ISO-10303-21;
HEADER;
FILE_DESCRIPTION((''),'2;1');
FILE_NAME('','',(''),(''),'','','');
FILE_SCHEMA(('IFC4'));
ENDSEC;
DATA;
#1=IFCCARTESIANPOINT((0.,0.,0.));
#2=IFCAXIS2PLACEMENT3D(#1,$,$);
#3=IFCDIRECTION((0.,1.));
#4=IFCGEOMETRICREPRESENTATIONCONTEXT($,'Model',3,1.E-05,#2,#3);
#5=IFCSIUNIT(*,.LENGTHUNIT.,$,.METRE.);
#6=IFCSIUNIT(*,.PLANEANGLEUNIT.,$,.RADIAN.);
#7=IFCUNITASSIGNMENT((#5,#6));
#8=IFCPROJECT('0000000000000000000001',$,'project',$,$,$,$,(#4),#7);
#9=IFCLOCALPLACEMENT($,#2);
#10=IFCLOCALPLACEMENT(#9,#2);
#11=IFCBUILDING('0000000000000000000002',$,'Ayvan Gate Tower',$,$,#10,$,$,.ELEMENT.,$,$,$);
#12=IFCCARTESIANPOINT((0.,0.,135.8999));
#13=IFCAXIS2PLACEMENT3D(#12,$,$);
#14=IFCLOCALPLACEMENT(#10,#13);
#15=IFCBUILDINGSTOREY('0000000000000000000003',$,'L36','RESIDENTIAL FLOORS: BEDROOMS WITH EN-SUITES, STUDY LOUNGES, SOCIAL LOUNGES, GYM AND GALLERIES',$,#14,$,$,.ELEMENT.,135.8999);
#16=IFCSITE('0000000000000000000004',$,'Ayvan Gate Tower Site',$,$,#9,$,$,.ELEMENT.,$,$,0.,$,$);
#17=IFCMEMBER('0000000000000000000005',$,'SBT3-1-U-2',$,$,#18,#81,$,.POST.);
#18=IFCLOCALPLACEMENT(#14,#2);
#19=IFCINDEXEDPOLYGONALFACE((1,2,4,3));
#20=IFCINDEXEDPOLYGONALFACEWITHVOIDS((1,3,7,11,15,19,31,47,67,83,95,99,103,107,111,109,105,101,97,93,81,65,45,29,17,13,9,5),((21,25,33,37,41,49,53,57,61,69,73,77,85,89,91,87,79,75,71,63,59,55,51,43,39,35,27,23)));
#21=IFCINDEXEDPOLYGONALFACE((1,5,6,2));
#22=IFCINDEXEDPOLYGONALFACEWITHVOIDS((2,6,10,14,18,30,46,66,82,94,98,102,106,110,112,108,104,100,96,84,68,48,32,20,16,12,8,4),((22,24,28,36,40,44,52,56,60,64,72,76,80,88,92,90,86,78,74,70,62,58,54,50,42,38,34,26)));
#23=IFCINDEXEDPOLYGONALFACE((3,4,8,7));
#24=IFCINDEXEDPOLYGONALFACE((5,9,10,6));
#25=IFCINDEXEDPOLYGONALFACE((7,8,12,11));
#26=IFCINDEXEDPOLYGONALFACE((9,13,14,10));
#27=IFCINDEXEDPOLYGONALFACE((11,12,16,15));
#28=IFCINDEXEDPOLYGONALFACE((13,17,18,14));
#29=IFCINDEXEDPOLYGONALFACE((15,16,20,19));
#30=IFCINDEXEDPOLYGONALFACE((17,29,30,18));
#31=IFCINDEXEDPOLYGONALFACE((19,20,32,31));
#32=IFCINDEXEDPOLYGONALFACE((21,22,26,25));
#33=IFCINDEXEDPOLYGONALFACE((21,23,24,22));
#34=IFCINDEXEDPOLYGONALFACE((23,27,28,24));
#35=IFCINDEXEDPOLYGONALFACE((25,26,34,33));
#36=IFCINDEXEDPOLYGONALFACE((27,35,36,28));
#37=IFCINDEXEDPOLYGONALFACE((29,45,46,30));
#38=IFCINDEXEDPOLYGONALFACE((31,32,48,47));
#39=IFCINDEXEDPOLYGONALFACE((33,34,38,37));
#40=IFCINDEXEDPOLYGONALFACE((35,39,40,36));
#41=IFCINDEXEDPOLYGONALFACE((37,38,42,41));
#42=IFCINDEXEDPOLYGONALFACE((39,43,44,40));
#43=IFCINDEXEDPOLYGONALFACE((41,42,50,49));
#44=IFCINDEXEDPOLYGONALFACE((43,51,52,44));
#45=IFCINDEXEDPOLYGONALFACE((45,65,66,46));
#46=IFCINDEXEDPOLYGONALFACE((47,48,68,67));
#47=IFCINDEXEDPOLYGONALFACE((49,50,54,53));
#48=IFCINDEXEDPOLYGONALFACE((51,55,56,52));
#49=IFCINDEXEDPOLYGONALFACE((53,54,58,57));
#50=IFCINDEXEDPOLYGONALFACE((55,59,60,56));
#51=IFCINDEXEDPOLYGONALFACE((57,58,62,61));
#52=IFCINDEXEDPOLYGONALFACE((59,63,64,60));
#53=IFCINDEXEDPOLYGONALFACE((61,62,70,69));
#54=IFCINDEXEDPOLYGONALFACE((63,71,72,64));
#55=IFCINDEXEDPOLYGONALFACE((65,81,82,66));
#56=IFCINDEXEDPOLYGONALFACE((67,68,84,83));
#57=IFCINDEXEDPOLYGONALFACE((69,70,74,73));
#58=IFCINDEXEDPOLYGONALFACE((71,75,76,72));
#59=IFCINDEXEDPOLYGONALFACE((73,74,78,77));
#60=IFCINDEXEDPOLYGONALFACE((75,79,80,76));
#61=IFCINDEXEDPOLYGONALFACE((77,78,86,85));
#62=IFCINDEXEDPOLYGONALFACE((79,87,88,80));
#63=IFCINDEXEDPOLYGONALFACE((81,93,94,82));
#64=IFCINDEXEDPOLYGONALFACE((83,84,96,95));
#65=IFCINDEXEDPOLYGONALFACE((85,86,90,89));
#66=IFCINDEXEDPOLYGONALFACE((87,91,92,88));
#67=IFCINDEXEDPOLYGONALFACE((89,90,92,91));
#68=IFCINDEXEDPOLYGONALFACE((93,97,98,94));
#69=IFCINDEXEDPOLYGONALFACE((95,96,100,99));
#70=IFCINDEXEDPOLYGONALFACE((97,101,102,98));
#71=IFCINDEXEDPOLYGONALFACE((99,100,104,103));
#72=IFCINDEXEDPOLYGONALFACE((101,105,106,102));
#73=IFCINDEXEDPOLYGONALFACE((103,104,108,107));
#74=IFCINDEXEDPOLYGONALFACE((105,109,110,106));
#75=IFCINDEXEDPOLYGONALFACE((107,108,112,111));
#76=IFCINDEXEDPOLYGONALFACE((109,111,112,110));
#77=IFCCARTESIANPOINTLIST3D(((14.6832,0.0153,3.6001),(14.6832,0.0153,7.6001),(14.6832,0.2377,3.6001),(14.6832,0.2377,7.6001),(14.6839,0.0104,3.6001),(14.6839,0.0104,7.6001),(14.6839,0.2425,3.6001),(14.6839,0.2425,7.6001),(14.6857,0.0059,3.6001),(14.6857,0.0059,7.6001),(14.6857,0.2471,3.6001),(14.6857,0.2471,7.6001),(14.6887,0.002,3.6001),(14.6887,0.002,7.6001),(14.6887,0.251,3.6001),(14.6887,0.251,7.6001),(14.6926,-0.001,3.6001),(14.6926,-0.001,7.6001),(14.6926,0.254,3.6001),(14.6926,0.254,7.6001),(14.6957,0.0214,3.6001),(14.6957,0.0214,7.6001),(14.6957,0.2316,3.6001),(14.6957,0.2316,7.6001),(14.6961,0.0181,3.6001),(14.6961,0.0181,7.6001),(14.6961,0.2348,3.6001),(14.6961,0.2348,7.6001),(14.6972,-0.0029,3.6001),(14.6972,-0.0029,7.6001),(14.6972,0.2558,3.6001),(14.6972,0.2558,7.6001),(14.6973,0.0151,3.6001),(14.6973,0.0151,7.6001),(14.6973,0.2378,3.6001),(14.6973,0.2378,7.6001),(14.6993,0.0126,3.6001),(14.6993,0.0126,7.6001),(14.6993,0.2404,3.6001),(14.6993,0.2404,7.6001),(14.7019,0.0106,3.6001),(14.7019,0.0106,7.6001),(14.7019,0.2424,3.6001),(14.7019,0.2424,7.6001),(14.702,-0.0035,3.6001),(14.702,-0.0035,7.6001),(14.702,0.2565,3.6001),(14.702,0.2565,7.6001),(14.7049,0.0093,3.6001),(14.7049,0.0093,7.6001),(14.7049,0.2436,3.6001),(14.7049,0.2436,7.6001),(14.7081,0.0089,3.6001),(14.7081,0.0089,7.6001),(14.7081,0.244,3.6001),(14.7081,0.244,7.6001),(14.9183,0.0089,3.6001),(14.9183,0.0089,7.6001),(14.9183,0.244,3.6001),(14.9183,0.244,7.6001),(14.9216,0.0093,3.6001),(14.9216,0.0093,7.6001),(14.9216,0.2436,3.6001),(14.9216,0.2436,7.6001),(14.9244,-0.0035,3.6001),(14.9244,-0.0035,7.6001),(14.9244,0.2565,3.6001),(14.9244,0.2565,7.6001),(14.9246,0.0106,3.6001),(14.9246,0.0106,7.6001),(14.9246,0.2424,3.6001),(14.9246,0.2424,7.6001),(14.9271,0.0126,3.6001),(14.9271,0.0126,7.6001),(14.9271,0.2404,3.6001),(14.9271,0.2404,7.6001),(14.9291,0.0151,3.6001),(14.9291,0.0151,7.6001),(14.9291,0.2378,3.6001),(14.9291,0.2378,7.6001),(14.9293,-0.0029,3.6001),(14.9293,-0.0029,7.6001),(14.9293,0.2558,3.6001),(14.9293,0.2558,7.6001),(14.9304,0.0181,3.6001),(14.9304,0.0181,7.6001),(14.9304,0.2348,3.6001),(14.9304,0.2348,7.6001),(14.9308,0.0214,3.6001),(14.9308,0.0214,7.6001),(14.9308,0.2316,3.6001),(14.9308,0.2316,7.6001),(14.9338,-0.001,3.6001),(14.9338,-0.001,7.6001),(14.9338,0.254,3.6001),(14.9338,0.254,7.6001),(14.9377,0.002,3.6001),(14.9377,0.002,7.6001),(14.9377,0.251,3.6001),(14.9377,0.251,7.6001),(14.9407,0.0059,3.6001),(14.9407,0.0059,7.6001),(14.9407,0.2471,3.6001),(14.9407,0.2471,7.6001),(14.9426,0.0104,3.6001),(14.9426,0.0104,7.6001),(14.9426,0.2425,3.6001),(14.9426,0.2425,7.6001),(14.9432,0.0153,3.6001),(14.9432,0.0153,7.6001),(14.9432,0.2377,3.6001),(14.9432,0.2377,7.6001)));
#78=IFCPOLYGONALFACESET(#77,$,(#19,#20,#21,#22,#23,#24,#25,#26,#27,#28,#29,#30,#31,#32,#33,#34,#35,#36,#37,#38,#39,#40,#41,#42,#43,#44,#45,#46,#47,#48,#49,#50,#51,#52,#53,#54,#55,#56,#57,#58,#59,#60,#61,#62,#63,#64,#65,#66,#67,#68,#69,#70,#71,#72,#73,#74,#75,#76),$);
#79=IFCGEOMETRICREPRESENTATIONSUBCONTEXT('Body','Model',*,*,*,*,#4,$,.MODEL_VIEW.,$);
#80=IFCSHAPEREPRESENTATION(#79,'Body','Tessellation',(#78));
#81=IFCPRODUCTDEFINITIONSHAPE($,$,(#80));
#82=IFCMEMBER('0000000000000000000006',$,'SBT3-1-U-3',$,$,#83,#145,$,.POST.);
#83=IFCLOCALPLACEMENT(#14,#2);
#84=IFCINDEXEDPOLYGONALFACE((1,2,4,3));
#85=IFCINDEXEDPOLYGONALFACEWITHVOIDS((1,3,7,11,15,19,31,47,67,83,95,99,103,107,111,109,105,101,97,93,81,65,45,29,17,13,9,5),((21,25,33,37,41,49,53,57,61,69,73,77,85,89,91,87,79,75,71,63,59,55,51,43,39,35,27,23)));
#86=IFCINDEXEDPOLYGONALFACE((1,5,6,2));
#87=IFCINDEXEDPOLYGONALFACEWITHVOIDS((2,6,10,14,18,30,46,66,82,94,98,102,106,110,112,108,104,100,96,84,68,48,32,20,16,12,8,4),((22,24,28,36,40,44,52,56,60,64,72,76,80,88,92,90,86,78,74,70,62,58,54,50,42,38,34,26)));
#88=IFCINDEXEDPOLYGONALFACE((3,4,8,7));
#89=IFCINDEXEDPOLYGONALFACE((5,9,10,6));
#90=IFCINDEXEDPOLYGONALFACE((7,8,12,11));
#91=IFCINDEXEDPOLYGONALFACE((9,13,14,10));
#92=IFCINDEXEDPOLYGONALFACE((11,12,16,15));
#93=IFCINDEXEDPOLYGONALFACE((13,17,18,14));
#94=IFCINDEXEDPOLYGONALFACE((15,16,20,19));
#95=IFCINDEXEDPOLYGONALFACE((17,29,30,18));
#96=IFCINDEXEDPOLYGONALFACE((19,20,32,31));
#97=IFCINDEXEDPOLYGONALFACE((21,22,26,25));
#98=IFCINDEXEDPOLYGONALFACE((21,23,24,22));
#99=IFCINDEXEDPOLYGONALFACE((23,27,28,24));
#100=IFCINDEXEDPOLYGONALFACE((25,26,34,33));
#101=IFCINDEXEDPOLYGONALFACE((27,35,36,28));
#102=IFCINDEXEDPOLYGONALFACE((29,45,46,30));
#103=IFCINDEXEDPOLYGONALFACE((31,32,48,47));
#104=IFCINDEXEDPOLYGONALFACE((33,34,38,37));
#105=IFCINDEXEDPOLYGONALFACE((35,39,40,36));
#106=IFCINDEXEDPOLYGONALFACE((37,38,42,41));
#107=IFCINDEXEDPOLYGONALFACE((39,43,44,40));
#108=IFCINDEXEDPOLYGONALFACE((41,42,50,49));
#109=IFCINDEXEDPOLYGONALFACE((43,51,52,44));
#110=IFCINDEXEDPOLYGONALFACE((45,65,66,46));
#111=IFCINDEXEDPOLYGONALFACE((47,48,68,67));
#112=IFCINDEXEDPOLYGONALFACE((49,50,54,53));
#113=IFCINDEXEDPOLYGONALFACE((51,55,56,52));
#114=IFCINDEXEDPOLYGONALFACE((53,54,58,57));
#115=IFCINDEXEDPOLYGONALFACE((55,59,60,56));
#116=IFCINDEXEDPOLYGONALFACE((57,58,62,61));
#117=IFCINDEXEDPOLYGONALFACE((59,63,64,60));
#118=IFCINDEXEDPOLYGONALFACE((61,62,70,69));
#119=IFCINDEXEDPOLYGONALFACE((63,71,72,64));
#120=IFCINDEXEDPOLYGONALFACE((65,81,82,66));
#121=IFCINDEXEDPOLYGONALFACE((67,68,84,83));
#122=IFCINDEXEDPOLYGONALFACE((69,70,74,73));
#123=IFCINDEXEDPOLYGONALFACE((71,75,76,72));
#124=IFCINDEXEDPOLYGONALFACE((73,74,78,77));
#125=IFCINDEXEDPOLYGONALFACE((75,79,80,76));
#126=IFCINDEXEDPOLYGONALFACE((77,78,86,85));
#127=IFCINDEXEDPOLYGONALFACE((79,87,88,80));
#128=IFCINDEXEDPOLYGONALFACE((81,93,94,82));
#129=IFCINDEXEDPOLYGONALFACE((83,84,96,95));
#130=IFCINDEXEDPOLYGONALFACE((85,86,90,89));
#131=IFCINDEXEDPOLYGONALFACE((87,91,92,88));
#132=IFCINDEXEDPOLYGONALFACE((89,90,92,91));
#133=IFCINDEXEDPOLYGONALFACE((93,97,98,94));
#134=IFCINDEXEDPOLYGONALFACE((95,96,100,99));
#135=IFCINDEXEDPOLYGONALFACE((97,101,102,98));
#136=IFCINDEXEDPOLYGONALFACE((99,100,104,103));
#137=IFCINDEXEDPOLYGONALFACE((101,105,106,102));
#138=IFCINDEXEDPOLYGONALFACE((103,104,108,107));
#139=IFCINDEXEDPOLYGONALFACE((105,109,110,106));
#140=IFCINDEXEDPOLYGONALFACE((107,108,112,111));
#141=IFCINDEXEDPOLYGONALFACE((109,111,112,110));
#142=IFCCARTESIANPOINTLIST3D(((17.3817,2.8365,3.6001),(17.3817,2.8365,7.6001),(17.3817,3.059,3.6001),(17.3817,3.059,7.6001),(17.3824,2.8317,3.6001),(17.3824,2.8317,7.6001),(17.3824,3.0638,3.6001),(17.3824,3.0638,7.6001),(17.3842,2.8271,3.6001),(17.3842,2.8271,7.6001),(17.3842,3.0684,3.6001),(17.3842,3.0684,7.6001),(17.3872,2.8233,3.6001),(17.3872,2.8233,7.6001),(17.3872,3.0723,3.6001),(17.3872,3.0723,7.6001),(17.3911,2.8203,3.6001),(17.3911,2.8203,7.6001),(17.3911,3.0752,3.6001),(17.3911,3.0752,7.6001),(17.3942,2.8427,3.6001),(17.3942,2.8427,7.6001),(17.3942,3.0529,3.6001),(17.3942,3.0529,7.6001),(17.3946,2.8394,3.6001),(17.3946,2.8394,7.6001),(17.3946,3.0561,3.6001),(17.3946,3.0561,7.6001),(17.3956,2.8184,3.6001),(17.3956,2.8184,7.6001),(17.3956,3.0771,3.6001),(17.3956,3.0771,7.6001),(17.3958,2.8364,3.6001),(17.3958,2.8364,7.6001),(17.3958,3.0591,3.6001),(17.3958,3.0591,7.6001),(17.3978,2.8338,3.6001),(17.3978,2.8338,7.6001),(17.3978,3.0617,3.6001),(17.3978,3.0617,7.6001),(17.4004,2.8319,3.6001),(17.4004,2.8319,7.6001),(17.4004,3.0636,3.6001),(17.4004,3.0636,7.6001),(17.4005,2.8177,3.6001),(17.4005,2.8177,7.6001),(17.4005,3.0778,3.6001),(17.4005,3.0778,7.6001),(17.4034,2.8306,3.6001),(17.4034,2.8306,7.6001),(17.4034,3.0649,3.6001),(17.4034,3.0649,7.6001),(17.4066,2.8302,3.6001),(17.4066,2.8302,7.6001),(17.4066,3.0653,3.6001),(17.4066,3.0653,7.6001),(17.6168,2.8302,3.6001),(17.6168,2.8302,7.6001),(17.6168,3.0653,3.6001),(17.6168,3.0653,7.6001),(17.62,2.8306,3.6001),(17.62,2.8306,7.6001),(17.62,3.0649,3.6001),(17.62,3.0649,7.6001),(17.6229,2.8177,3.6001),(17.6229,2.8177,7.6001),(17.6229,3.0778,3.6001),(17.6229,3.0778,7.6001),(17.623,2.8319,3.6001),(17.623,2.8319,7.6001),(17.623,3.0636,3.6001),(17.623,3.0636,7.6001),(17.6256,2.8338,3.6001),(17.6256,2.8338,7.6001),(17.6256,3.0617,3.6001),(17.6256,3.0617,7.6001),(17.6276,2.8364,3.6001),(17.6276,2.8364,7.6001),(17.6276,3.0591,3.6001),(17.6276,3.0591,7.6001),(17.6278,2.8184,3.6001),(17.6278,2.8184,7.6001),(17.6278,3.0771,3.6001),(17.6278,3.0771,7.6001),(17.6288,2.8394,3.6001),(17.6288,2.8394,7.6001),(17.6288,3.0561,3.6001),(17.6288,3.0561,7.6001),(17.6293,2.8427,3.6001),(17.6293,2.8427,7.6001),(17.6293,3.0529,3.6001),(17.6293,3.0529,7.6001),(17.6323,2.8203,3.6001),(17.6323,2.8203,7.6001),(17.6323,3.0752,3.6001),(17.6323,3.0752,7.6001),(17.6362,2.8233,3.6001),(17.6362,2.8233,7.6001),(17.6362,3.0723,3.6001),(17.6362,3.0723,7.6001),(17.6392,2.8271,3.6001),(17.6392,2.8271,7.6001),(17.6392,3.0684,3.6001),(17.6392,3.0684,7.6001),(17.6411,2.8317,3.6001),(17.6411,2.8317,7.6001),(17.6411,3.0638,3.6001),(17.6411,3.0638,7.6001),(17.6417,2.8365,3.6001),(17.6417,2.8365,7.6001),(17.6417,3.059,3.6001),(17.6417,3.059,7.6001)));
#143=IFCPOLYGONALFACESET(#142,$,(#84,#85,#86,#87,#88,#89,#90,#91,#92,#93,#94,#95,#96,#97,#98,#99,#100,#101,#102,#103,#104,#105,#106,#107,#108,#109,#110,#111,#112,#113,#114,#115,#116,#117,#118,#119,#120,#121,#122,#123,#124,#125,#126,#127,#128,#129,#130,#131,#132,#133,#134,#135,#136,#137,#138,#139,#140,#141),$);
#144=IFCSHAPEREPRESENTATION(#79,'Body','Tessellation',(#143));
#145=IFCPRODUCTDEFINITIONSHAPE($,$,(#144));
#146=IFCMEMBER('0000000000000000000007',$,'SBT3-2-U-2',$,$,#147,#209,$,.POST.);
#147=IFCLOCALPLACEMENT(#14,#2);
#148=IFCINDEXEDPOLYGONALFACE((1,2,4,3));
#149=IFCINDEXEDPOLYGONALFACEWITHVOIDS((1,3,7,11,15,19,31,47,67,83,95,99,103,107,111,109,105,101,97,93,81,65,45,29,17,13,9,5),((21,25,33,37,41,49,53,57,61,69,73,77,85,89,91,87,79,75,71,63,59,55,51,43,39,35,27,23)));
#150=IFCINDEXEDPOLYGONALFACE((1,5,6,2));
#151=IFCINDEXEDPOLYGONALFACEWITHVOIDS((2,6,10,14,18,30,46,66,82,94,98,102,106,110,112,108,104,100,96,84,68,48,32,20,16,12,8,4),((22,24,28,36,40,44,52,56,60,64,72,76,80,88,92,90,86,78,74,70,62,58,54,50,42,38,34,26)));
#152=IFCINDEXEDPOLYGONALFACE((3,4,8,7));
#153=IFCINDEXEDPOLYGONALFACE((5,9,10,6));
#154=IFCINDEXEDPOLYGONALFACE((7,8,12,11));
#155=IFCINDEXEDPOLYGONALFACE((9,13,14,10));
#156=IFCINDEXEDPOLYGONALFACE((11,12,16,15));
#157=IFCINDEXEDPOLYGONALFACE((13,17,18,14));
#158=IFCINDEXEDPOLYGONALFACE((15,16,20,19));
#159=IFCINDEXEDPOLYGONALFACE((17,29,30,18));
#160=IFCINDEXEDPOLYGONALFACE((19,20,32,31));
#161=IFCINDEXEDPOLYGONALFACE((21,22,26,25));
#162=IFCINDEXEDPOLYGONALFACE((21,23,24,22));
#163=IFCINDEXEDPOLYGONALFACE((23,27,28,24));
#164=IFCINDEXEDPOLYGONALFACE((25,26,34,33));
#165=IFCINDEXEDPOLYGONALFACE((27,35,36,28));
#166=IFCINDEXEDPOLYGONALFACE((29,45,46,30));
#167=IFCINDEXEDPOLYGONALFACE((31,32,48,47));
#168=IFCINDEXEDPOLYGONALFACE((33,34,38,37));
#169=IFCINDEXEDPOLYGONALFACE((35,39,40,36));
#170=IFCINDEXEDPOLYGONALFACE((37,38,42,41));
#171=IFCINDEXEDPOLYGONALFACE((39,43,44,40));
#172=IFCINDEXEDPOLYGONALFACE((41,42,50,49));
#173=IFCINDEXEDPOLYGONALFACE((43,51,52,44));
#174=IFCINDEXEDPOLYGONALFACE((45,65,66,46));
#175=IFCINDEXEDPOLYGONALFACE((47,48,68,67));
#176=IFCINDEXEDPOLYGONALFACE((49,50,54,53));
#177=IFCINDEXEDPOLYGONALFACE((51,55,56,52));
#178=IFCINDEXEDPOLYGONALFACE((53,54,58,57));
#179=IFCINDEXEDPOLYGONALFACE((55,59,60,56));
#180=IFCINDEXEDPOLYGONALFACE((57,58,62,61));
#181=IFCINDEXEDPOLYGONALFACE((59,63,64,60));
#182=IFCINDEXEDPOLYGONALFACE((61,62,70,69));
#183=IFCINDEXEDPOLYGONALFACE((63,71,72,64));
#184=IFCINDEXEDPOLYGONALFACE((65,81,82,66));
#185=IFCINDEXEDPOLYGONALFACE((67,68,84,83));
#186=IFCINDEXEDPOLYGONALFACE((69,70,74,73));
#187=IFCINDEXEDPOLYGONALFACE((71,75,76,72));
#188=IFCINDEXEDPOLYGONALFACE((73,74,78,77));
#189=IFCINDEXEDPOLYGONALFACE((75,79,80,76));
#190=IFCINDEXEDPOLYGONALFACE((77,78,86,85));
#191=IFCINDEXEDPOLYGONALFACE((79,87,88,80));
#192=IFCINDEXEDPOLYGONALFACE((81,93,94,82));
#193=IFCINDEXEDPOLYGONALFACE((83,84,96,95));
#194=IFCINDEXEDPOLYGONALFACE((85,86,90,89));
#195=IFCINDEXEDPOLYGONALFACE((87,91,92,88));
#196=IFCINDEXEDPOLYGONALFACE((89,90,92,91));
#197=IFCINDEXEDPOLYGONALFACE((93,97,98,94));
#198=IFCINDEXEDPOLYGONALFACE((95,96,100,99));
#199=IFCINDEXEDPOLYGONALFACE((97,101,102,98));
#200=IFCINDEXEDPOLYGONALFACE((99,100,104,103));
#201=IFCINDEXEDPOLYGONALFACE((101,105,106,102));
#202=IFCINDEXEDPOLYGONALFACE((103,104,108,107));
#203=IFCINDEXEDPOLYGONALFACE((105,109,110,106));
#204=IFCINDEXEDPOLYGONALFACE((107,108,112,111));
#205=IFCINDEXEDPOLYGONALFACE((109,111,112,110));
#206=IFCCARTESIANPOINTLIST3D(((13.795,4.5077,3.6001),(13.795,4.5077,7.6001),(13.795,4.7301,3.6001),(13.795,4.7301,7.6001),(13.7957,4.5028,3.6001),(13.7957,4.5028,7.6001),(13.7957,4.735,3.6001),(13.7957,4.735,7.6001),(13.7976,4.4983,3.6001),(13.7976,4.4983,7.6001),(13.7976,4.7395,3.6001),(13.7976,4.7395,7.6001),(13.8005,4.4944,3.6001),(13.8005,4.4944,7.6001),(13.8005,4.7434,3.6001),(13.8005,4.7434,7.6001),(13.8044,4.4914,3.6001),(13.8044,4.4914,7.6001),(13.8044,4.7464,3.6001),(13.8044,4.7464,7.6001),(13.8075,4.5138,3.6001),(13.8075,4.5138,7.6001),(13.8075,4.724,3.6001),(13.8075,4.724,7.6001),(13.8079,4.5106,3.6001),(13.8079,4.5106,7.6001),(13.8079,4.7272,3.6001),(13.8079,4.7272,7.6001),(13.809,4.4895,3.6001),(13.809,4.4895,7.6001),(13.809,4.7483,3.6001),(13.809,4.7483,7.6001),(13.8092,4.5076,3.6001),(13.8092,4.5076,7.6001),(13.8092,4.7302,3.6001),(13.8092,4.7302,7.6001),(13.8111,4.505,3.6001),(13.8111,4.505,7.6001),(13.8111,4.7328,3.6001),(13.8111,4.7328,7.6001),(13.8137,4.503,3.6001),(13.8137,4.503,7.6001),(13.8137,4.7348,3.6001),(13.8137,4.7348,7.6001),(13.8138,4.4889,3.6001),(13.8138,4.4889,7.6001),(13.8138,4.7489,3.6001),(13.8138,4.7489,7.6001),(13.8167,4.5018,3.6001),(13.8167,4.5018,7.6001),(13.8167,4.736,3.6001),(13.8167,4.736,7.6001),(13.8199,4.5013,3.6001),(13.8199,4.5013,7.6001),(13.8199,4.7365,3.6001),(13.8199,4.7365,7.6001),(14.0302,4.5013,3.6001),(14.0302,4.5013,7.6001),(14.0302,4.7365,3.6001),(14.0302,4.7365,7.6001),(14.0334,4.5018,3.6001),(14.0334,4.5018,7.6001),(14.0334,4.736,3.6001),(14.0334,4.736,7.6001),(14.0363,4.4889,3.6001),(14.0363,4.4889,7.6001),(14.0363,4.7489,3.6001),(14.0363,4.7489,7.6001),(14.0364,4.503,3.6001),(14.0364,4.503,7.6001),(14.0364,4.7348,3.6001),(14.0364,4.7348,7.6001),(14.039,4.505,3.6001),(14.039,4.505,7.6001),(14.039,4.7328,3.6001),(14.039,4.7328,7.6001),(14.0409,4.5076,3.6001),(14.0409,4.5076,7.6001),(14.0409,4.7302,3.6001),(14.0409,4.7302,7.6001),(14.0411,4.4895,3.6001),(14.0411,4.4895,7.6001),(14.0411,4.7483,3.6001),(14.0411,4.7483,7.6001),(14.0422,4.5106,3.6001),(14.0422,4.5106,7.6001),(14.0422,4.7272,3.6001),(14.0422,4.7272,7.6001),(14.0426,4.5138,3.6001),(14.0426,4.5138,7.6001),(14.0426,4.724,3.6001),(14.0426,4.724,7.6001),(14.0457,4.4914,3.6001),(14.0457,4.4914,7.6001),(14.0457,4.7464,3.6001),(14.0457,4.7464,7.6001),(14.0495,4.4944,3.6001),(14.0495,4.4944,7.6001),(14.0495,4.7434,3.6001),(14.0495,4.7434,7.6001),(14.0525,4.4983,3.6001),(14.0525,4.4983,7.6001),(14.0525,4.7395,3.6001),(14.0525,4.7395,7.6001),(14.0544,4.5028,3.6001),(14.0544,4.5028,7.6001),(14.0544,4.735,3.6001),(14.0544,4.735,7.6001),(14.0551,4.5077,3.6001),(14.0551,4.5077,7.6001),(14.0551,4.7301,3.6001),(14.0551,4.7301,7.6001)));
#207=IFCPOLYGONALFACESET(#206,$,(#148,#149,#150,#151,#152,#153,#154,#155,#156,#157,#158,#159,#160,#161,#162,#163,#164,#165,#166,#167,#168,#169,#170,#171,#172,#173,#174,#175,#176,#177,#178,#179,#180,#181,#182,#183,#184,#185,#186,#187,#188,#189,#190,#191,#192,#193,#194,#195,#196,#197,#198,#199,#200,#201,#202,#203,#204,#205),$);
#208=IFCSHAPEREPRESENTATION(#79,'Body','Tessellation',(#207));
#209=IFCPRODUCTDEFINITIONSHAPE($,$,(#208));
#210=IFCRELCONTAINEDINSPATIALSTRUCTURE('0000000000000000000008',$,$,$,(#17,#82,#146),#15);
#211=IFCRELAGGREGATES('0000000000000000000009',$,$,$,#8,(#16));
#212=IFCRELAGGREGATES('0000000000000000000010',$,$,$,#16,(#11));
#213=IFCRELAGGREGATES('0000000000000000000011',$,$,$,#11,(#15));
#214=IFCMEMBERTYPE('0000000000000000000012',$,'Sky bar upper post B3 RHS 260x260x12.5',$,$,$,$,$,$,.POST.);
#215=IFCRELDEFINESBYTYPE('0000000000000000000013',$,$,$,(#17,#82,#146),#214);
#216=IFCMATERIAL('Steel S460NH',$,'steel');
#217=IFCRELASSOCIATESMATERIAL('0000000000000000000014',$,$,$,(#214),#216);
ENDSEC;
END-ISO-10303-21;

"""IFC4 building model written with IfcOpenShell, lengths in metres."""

from ifc_helpers import new_model, si_unit, direction, frame, origin, origin_2d, place, context, subcontext, project, spatial, hollow_rectangle, extrude, material, material_profile, profile_set, type_object, element, save


model = new_model("IFC4")

# Units and contexts
model_context = context("Model", 3, precision=1e-05, world=origin(), true_north=direction((0.0, 1.0)))
body_context = subcontext(model_context, "Body", "Model", "MODEL_VIEW")
ifc_project = project(units=[si_unit("LENGTHUNIT", "METRE"), si_unit("PLANEANGLEUNIT", "RADIAN")], contexts=[model_context])

# Site, building, storey
site_placement = place(None, origin())
site = spatial("IfcSite", under=ifc_project, at=site_placement, Name="Ayvan Gate Tower Site", CompositionType="ELEMENT", RefElevation=0.0)
building_placement = place(site_placement, origin())
building = spatial("IfcBuilding", under=site, at=building_placement, Name="Ayvan Gate Tower", CompositionType="ELEMENT")
storey_placement = place(building_placement, frame((0.0, 0.0, 135.8999)))
storey = spatial("IfcBuildingStorey", under=building, at=storey_placement, Name="L36", Description="RESIDENTIAL FLOORS: BEDROOMS WITH EN-SUITES, STUDY LOUNGES, SOCIAL LOUNGES, GYM AND GALLERIES", CompositionType="ELEMENT", Elevation=135.8999)

# Members
ifc_material_1 = material(Name="Steel S460NH", Category="steel")
ifc_material_profile_1 = material_profile(ifc_material_1, hollow_rectangle(XDim=0.26, YDim=0.26, WallThickness=0.0125, InnerFilletRadius=0.0125, OuterFilletRadius=0.0188, at=origin_2d()), Name="RHS 260x260x12.5")
ifc_profile_set_1 = profile_set([ifc_material_profile_1], Name="Steel S460NH")
member_type_1 = type_object("IfcMemberType", Name="Sky bar upper post B3 RHS 260x260x12.5", PredefinedType="POST", material=ifc_profile_set_1)
for number, where, z_axis, x_axis, name in (
    (1, (14.8132, 0.1265, 3.6001), (0.0, 0.0, 1.0), (1.0, 0.0, 0.0), "SBT3-1-U-2"),
    (2, (17.5117, 2.9478, 3.6001), (0.0, 0.0, 1.0), (1.0, 0.0, 0.0), "SBT3-1-U-3"),
    (3, (13.925, 4.6189, 3.6001), (0.0, 0.0, 1.0), (1.0, 0.0, 0.0), "SBT3-2-U-2"),
):
    element("IfcMember", number, at=place(storey_placement, frame(where, z_axis=z_axis, x_axis=x_axis)), inside=storey, type_object=member_type_1, Name=name, PredefinedType="POST", context=body_context, shape_type="SweptSolid", body=[
        extrude(hollow_rectangle(XDim=0.26, YDim=0.26, WallThickness=0.0125, InnerFilletRadius=0.0125, OuterFilletRadius=0.0188, at=origin_2d()), origin(), (0.0, 0.0, 1.0), 4.0),
    ])

save(model, "model.ifc")
